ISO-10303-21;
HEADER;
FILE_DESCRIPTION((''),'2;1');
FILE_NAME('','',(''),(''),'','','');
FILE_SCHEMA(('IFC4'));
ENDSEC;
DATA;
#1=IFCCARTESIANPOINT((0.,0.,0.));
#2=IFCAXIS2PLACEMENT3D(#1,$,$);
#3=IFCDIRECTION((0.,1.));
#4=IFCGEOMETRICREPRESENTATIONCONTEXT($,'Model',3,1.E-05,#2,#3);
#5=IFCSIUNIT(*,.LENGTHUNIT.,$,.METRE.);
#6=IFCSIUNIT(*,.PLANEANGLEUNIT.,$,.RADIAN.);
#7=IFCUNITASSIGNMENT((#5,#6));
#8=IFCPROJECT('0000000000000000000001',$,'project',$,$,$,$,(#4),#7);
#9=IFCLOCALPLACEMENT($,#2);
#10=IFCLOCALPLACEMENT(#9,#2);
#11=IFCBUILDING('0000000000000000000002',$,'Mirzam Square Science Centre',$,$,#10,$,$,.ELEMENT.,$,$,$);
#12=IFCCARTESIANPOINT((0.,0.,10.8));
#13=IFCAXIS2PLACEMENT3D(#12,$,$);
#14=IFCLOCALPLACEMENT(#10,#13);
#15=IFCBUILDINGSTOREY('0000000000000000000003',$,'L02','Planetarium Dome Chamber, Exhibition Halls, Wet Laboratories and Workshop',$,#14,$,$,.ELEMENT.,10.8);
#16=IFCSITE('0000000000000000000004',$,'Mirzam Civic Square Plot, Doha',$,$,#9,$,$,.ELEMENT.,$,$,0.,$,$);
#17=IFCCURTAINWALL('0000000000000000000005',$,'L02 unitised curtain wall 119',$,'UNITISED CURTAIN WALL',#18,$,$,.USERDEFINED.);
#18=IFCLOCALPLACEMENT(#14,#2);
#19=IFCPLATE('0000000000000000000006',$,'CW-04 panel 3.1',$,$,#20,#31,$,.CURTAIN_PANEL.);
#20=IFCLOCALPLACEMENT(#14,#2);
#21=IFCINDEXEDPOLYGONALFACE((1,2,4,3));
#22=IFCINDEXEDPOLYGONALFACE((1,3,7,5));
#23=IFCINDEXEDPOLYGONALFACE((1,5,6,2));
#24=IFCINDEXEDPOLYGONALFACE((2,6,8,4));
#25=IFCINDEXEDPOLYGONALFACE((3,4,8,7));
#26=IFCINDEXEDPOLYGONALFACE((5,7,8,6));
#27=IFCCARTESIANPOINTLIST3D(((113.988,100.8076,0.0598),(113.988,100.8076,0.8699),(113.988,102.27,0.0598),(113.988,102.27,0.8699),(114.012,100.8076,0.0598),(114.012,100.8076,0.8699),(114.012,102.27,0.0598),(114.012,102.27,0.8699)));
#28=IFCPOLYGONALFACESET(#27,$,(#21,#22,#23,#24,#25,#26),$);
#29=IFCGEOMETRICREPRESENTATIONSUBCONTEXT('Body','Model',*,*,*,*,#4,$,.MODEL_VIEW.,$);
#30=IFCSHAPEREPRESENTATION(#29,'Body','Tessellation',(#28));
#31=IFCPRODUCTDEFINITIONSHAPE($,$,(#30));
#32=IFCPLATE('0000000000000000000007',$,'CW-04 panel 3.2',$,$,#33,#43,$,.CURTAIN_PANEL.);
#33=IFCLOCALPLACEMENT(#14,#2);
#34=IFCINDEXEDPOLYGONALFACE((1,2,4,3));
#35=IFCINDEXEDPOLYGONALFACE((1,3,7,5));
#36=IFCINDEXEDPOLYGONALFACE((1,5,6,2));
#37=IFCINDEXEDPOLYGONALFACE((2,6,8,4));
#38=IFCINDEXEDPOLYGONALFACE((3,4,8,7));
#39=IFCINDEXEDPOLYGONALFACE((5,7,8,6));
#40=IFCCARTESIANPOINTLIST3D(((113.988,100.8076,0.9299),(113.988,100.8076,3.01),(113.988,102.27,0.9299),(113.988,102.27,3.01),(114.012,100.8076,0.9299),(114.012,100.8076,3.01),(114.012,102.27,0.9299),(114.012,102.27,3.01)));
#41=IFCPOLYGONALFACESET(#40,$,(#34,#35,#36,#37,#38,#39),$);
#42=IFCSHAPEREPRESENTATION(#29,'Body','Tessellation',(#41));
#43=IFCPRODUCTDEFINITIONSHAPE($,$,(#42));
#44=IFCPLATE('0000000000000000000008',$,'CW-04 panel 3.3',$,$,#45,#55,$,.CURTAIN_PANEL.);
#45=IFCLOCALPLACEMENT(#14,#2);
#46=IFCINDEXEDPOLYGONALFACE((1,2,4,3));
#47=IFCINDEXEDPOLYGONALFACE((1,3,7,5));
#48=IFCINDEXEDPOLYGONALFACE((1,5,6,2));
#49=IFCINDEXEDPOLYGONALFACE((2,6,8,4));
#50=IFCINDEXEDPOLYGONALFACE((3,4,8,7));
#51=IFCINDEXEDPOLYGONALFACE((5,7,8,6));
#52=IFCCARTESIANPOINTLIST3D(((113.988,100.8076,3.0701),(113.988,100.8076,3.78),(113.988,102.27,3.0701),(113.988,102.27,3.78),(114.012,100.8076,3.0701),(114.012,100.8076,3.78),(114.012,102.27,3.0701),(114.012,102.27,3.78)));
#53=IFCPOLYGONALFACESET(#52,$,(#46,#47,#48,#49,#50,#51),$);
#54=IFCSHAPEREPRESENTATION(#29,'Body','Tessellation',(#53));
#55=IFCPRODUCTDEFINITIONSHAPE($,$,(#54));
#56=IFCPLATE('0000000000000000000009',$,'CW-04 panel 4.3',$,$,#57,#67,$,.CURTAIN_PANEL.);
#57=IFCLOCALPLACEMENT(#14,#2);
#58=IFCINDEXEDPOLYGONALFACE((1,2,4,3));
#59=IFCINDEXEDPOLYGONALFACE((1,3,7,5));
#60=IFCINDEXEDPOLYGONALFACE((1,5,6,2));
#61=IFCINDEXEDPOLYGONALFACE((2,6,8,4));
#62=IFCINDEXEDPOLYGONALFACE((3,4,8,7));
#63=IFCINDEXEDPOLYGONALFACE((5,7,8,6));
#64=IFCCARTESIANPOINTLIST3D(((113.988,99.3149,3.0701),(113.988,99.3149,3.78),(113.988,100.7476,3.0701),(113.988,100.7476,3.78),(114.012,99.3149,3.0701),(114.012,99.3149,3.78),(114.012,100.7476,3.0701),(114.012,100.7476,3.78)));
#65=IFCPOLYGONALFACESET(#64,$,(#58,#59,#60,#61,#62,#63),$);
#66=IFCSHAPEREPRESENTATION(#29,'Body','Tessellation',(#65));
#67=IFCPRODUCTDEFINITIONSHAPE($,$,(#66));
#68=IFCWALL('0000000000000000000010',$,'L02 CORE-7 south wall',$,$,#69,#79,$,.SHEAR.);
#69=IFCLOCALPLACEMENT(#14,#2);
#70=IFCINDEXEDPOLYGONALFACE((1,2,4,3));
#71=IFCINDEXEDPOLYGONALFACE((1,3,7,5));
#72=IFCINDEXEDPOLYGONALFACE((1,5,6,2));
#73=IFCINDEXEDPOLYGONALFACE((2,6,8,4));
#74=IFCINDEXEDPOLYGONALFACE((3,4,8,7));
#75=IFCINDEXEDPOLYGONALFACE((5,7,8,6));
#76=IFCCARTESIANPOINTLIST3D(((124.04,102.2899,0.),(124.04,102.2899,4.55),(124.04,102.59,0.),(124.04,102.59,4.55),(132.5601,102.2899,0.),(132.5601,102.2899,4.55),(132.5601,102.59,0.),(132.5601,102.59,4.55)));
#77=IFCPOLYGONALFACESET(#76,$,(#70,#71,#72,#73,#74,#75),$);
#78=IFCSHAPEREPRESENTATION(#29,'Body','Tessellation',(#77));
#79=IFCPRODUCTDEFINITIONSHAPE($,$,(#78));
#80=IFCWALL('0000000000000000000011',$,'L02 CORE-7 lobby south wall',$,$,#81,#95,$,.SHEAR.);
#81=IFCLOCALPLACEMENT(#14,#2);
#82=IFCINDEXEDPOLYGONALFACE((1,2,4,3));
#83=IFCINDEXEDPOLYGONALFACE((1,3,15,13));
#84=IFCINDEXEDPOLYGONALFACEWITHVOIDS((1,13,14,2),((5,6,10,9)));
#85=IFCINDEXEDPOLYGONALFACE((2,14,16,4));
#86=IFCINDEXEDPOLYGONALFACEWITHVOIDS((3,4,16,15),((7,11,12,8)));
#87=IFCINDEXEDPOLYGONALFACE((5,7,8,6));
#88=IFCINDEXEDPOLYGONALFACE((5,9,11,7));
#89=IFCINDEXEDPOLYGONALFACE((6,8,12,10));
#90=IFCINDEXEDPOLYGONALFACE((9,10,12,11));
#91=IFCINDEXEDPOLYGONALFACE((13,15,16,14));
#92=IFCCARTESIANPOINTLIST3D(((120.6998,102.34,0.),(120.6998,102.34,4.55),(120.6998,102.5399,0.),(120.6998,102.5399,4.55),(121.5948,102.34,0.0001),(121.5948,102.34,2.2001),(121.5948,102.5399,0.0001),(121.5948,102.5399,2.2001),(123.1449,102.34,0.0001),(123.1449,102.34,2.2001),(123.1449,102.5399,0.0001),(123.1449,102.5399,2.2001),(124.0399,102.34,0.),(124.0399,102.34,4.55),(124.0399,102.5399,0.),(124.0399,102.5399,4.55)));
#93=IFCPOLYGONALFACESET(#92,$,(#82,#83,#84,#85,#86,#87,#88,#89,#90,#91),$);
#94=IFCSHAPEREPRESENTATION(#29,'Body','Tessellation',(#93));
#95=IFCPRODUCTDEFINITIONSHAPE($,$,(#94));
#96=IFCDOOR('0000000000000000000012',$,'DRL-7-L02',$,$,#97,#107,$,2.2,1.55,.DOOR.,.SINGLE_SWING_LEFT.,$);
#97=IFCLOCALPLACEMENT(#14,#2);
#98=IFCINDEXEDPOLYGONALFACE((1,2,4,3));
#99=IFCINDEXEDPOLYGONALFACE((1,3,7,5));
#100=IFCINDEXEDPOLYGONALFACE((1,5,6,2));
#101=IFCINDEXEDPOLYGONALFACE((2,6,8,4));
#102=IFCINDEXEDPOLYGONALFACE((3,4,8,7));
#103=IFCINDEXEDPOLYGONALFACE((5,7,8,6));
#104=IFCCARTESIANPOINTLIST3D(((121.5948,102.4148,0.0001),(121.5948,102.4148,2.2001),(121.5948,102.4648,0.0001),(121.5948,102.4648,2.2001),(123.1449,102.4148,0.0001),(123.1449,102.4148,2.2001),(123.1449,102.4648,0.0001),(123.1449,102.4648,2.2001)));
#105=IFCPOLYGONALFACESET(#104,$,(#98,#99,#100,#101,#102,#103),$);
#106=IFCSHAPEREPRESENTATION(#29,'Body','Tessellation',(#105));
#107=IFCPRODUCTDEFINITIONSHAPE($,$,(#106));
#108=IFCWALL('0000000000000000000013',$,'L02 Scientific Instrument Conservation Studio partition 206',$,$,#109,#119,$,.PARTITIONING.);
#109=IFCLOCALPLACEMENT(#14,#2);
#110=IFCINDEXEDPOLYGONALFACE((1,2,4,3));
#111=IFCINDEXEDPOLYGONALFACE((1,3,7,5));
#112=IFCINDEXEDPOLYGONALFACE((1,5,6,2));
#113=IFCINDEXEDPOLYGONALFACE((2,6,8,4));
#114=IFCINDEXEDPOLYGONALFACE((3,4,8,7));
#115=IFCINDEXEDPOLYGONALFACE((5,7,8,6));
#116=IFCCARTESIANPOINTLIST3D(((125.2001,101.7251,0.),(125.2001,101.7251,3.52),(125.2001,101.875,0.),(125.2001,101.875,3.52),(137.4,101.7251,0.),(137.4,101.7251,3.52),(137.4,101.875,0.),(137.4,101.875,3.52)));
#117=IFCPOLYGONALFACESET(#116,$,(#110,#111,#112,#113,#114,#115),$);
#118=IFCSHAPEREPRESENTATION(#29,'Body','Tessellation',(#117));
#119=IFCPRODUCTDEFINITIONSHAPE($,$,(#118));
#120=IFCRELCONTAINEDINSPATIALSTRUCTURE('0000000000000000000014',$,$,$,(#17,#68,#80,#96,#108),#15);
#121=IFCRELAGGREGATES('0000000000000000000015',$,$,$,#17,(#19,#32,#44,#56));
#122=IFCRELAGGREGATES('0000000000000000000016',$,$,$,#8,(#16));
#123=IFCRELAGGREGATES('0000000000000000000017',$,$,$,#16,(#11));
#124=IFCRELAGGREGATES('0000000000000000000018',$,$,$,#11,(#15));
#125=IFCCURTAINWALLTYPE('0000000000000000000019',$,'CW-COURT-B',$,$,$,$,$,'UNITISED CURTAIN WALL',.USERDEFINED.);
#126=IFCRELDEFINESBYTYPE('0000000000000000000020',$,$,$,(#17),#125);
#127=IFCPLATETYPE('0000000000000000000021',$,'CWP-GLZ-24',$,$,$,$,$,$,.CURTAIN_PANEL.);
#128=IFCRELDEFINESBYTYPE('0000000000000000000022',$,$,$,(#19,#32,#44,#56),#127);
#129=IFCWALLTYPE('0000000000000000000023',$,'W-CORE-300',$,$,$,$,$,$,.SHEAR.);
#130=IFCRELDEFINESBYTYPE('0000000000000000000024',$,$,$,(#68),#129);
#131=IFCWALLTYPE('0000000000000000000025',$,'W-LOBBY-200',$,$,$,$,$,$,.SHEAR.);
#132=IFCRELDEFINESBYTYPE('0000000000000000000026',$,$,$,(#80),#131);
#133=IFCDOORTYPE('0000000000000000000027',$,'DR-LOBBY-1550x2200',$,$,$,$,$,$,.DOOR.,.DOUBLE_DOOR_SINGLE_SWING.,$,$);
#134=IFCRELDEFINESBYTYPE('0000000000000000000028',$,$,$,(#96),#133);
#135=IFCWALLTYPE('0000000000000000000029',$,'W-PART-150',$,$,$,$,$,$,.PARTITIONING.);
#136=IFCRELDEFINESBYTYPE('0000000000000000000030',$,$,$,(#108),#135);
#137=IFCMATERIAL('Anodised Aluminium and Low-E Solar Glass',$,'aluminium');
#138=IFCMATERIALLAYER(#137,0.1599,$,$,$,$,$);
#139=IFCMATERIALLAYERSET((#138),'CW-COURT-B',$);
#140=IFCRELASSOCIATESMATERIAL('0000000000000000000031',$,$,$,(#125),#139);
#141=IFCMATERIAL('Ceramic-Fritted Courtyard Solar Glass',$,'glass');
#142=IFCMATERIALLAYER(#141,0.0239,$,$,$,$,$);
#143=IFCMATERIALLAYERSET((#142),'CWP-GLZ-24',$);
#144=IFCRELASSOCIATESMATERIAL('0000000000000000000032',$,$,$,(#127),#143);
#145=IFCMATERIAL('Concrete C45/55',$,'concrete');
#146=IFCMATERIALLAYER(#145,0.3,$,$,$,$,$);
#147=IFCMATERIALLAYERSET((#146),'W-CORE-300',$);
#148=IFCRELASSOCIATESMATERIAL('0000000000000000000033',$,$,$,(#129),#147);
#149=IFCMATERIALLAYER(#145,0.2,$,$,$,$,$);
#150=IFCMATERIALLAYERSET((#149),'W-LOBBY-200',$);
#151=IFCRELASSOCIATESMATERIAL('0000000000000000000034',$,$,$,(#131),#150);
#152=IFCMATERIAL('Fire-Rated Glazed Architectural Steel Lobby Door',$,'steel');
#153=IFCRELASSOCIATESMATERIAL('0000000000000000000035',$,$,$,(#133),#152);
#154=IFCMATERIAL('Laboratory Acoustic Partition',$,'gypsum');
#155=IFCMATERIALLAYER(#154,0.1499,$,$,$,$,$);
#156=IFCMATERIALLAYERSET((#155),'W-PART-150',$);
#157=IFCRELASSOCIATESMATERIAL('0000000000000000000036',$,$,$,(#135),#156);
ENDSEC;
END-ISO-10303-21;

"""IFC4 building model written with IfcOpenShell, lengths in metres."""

from ifc_helpers import new_model, si_unit, direction, frame, frame_2d, origin, origin_2d, place, context, subcontext, project, spatial, rectangle, extrude, material, layer, layer_set, type_object, element, fill, aggregate, save


model = new_model("IFC4")

# Units and contexts
model_context = context("Model", 3, precision=1e-05, world=origin(), true_north=direction((0.0, 1.0)))
body_context = subcontext(model_context, "Body", "Model", "MODEL_VIEW")
ifc_project = project(units=[si_unit("LENGTHUNIT", "METRE"), si_unit("PLANEANGLEUNIT", "RADIAN")], contexts=[model_context])

# Site, building, storey
site_placement = place(None, origin())
site = spatial("IfcSite", under=ifc_project, at=site_placement, Name="Mirzam Civic Square Plot, Doha", CompositionType="ELEMENT", RefElevation=0.0)
building_placement = place(site_placement, origin())
building = spatial("IfcBuilding", under=site, at=building_placement, Name="Mirzam Square Science Centre", CompositionType="ELEMENT")
storey_placement = place(building_placement, frame((0.0, 0.0, 10.8)))
storey = spatial("IfcBuildingStorey", under=building, at=storey_placement, Name="L02", Description="Planetarium Dome Chamber, Exhibition Halls, Wet Laboratories and Workshop", CompositionType="ELEMENT", Elevation=10.8)

# Curtain wall
ifc_material_1 = material(Name="Anodised Aluminium and Low-E Solar Glass", Category="aluminium")
ifc_layer_1 = layer(ifc_material_1, 0.1599)
ifc_layer_set_1 = layer_set([ifc_layer_1], Name="CW-COURT-B")
curtain_wall_type = type_object("IfcCurtainWallType", Name="CW-COURT-B", ElementType="UNITISED CURTAIN WALL", PredefinedType="USERDEFINED", material=ifc_layer_set_1)
curtain_wall_placement = place(storey_placement, origin())
curtain_wall = element("IfcCurtainWall", 1, at=curtain_wall_placement, inside=storey, type_object=curtain_wall_type, Name="L02 unitised curtain wall 119", ObjectType="UNITISED CURTAIN WALL", PredefinedType="USERDEFINED")

# Plates
ifc_material_2 = material(Name="Ceramic-Fritted Courtyard Solar Glass", Category="glass")
ifc_layer_2 = layer(ifc_material_2, 0.0239)
ifc_layer_set_2 = layer_set([ifc_layer_2], Name="CWP-GLZ-24")
plate_type = type_object("IfcPlateType", Name="CWP-GLZ-24", PredefinedType="CURTAIN_PANEL", material=ifc_layer_set_2)
plate_1_placement = place(storey_placement, frame((114.0, 101.5388, 0.0598), z_axis=(0.0, 0.0, 1.0), x_axis=(0.0, -1.0, 0.0)))
plate_1 = element("IfcPlate", 2, at=plate_1_placement, type_object=plate_type, Name="CW-04 panel 3.1", PredefinedType="CURTAIN_PANEL", context=body_context, shape_type="SweptSolid", body=[
    extrude(rectangle(XDim=1.4624, YDim=0.0239, at=origin_2d()), origin(), (0.0, 0.0, 1.0), 0.8101),
])
plate_2_placement = place(storey_placement, frame((114.0, 101.5388, 0.9299), z_axis=(0.0, 0.0, 1.0), x_axis=(0.0, -1.0, 0.0)))
plate_2 = element("IfcPlate", 3, at=plate_2_placement, type_object=plate_type, Name="CW-04 panel 3.2", PredefinedType="CURTAIN_PANEL", context=body_context, shape_type="SweptSolid", body=[
    extrude(rectangle(XDim=1.4624, YDim=0.0239, at=origin_2d()), origin(), (0.0, 0.0, 1.0), 2.0801),
])
plate_3_placement = place(storey_placement, frame((114.0, 101.5388, 3.0701), z_axis=(0.0, 0.0, 1.0), x_axis=(0.0, -1.0, 0.0)))
plate_3 = element("IfcPlate", 4, at=plate_3_placement, type_object=plate_type, Name="CW-04 panel 3.3", PredefinedType="CURTAIN_PANEL", context=body_context, shape_type="SweptSolid", body=[
    extrude(rectangle(XDim=1.4624, YDim=0.0239, at=origin_2d()), origin(), (0.0, 0.0, 1.0), 0.71),
])
plate_4_placement = place(storey_placement, frame((114.0, 100.0312, 3.0701), z_axis=(0.0, 0.0, 1.0), x_axis=(0.0, -1.0, 0.0)))
plate_4 = element("IfcPlate", 5, at=plate_4_placement, type_object=plate_type, Name="CW-04 panel 4.3", PredefinedType="CURTAIN_PANEL", context=body_context, shape_type="SweptSolid", body=[
    extrude(rectangle(XDim=1.4326, YDim=0.0239, at=origin_2d()), origin(), (0.0, 0.0, 1.0), 0.71),
])
aggregate(curtain_wall, [plate_1, plate_2, plate_3, plate_4])

# Wall
ifc_material_3 = material(Name="Concrete C45/55", Category="concrete")
ifc_layer_3 = layer(ifc_material_3, 0.3)
ifc_layer_set_3 = layer_set([ifc_layer_3], Name="W-CORE-300")
wall_type_1 = type_object("IfcWallType", Name="W-CORE-300", PredefinedType="SHEAR", material=ifc_layer_set_3)
wall_1_placement = place(storey_placement, frame((124.04, 102.4399, 0.0), z_axis=(0.0, 0.0, 1.0), x_axis=(1.0, 0.0, 0.0)))
element("IfcWall", 6, at=wall_1_placement, inside=storey, type_object=wall_type_1, Name="L02 CORE-7 south wall", PredefinedType="SHEAR", context=body_context, shape_type="SweptSolid", body=[
    extrude(rectangle(XDim=8.52, YDim=0.3, at=frame_2d((4.26, 0.0))), origin(), (0.0, 0.0, 1.0), 4.55),
])

# Wall, opening, door
ifc_layer_4 = layer(ifc_material_3, 0.2)
ifc_layer_set_4 = layer_set([ifc_layer_4], Name="W-LOBBY-200")
wall_type_2 = type_object("IfcWallType", Name="W-LOBBY-200", PredefinedType="SHEAR", material=ifc_layer_set_4)
wall_2_placement = place(storey_placement, frame((120.7, 102.4399, 0.0), z_axis=(0.0, 0.0, 1.0), x_axis=(1.0, 0.0, 0.0)))
wall_2 = element("IfcWall", 7, at=wall_2_placement, inside=storey, type_object=wall_type_2, Name="L02 CORE-7 lobby south wall", PredefinedType="SHEAR", context=body_context, shape_type="SweptSolid", body=[
    extrude(rectangle(XDim=3.3401, YDim=0.2, at=frame_2d((1.6699, 0.0))), origin(), (0.0, 0.0, 1.0), 4.55),
])
opening_placement = place(wall_2_placement, frame((0.895, 0.0, 0.0)))
opening = element("IfcOpeningElement", 8, at=opening_placement, cuts=wall_2, PredefinedType="OPENING", context=body_context, shape_type="SweptSolid", body=[
    extrude(rectangle(XDim=1.55, YDim=2.2, at=frame_2d((0.7749, 1.1001))), frame((0.0, 0.1099, 0.0), z_axis=(0.0, -1.0, 0.0), x_axis=(1.0, 0.0, 0.0)), (0.0, 0.0, 1.0), 0.22),
])
ifc_material_4 = material(Name="Fire-Rated Glazed Architectural Steel Lobby Door", Category="steel")
door_type = type_object("IfcDoorType", Name="DR-LOBBY-1550x2200", OperationType="DOUBLE_DOOR_SINGLE_SWING", PredefinedType="DOOR", material=ifc_material_4)
door_placement = place(opening_placement, origin())
door = element("IfcDoor", 9, at=door_placement, inside=storey, type_object=door_type, Name="DRL-7-L02", OperationType="SINGLE_SWING_LEFT", OverallHeight=2.2, OverallWidth=1.55, PredefinedType="DOOR", context=body_context, shape_type="SweptSolid", body=[
    extrude(rectangle(XDim=1.55, YDim=2.2, at=frame_2d((0.7749, 1.1001))), frame((0.0, 0.0249, 0.0), z_axis=(0.0, -1.0, 0.0), x_axis=(1.0, 0.0, 0.0)), (0.0, 0.0, 1.0), 0.05),
])
fill(opening, door)

# Wall
ifc_material_5 = material(Name="Laboratory Acoustic Partition", Category="gypsum")
ifc_layer_5 = layer(ifc_material_5, 0.1499)
ifc_layer_set_5 = layer_set([ifc_layer_5], Name="W-PART-150")
wall_type_3 = type_object("IfcWallType", Name="W-PART-150", PredefinedType="PARTITIONING", material=ifc_layer_set_5)
wall_3_placement = place(storey_placement, frame((125.2, 101.8, 0.0), z_axis=(0.0, 0.0, 1.0), x_axis=(1.0, 0.0, 0.0)))
element("IfcWall", 10, at=wall_3_placement, inside=storey, type_object=wall_type_3, Name="L02 Scientific Instrument Conservation Studio partition 206", PredefinedType="PARTITIONING", context=body_context, shape_type="SweptSolid", body=[
    extrude(rectangle(XDim=12.2, YDim=0.1499, at=frame_2d((6.1001, 0.0))), origin(), (0.0, 0.0, 1.0), 3.52),
])

save(model, "model.ifc")
